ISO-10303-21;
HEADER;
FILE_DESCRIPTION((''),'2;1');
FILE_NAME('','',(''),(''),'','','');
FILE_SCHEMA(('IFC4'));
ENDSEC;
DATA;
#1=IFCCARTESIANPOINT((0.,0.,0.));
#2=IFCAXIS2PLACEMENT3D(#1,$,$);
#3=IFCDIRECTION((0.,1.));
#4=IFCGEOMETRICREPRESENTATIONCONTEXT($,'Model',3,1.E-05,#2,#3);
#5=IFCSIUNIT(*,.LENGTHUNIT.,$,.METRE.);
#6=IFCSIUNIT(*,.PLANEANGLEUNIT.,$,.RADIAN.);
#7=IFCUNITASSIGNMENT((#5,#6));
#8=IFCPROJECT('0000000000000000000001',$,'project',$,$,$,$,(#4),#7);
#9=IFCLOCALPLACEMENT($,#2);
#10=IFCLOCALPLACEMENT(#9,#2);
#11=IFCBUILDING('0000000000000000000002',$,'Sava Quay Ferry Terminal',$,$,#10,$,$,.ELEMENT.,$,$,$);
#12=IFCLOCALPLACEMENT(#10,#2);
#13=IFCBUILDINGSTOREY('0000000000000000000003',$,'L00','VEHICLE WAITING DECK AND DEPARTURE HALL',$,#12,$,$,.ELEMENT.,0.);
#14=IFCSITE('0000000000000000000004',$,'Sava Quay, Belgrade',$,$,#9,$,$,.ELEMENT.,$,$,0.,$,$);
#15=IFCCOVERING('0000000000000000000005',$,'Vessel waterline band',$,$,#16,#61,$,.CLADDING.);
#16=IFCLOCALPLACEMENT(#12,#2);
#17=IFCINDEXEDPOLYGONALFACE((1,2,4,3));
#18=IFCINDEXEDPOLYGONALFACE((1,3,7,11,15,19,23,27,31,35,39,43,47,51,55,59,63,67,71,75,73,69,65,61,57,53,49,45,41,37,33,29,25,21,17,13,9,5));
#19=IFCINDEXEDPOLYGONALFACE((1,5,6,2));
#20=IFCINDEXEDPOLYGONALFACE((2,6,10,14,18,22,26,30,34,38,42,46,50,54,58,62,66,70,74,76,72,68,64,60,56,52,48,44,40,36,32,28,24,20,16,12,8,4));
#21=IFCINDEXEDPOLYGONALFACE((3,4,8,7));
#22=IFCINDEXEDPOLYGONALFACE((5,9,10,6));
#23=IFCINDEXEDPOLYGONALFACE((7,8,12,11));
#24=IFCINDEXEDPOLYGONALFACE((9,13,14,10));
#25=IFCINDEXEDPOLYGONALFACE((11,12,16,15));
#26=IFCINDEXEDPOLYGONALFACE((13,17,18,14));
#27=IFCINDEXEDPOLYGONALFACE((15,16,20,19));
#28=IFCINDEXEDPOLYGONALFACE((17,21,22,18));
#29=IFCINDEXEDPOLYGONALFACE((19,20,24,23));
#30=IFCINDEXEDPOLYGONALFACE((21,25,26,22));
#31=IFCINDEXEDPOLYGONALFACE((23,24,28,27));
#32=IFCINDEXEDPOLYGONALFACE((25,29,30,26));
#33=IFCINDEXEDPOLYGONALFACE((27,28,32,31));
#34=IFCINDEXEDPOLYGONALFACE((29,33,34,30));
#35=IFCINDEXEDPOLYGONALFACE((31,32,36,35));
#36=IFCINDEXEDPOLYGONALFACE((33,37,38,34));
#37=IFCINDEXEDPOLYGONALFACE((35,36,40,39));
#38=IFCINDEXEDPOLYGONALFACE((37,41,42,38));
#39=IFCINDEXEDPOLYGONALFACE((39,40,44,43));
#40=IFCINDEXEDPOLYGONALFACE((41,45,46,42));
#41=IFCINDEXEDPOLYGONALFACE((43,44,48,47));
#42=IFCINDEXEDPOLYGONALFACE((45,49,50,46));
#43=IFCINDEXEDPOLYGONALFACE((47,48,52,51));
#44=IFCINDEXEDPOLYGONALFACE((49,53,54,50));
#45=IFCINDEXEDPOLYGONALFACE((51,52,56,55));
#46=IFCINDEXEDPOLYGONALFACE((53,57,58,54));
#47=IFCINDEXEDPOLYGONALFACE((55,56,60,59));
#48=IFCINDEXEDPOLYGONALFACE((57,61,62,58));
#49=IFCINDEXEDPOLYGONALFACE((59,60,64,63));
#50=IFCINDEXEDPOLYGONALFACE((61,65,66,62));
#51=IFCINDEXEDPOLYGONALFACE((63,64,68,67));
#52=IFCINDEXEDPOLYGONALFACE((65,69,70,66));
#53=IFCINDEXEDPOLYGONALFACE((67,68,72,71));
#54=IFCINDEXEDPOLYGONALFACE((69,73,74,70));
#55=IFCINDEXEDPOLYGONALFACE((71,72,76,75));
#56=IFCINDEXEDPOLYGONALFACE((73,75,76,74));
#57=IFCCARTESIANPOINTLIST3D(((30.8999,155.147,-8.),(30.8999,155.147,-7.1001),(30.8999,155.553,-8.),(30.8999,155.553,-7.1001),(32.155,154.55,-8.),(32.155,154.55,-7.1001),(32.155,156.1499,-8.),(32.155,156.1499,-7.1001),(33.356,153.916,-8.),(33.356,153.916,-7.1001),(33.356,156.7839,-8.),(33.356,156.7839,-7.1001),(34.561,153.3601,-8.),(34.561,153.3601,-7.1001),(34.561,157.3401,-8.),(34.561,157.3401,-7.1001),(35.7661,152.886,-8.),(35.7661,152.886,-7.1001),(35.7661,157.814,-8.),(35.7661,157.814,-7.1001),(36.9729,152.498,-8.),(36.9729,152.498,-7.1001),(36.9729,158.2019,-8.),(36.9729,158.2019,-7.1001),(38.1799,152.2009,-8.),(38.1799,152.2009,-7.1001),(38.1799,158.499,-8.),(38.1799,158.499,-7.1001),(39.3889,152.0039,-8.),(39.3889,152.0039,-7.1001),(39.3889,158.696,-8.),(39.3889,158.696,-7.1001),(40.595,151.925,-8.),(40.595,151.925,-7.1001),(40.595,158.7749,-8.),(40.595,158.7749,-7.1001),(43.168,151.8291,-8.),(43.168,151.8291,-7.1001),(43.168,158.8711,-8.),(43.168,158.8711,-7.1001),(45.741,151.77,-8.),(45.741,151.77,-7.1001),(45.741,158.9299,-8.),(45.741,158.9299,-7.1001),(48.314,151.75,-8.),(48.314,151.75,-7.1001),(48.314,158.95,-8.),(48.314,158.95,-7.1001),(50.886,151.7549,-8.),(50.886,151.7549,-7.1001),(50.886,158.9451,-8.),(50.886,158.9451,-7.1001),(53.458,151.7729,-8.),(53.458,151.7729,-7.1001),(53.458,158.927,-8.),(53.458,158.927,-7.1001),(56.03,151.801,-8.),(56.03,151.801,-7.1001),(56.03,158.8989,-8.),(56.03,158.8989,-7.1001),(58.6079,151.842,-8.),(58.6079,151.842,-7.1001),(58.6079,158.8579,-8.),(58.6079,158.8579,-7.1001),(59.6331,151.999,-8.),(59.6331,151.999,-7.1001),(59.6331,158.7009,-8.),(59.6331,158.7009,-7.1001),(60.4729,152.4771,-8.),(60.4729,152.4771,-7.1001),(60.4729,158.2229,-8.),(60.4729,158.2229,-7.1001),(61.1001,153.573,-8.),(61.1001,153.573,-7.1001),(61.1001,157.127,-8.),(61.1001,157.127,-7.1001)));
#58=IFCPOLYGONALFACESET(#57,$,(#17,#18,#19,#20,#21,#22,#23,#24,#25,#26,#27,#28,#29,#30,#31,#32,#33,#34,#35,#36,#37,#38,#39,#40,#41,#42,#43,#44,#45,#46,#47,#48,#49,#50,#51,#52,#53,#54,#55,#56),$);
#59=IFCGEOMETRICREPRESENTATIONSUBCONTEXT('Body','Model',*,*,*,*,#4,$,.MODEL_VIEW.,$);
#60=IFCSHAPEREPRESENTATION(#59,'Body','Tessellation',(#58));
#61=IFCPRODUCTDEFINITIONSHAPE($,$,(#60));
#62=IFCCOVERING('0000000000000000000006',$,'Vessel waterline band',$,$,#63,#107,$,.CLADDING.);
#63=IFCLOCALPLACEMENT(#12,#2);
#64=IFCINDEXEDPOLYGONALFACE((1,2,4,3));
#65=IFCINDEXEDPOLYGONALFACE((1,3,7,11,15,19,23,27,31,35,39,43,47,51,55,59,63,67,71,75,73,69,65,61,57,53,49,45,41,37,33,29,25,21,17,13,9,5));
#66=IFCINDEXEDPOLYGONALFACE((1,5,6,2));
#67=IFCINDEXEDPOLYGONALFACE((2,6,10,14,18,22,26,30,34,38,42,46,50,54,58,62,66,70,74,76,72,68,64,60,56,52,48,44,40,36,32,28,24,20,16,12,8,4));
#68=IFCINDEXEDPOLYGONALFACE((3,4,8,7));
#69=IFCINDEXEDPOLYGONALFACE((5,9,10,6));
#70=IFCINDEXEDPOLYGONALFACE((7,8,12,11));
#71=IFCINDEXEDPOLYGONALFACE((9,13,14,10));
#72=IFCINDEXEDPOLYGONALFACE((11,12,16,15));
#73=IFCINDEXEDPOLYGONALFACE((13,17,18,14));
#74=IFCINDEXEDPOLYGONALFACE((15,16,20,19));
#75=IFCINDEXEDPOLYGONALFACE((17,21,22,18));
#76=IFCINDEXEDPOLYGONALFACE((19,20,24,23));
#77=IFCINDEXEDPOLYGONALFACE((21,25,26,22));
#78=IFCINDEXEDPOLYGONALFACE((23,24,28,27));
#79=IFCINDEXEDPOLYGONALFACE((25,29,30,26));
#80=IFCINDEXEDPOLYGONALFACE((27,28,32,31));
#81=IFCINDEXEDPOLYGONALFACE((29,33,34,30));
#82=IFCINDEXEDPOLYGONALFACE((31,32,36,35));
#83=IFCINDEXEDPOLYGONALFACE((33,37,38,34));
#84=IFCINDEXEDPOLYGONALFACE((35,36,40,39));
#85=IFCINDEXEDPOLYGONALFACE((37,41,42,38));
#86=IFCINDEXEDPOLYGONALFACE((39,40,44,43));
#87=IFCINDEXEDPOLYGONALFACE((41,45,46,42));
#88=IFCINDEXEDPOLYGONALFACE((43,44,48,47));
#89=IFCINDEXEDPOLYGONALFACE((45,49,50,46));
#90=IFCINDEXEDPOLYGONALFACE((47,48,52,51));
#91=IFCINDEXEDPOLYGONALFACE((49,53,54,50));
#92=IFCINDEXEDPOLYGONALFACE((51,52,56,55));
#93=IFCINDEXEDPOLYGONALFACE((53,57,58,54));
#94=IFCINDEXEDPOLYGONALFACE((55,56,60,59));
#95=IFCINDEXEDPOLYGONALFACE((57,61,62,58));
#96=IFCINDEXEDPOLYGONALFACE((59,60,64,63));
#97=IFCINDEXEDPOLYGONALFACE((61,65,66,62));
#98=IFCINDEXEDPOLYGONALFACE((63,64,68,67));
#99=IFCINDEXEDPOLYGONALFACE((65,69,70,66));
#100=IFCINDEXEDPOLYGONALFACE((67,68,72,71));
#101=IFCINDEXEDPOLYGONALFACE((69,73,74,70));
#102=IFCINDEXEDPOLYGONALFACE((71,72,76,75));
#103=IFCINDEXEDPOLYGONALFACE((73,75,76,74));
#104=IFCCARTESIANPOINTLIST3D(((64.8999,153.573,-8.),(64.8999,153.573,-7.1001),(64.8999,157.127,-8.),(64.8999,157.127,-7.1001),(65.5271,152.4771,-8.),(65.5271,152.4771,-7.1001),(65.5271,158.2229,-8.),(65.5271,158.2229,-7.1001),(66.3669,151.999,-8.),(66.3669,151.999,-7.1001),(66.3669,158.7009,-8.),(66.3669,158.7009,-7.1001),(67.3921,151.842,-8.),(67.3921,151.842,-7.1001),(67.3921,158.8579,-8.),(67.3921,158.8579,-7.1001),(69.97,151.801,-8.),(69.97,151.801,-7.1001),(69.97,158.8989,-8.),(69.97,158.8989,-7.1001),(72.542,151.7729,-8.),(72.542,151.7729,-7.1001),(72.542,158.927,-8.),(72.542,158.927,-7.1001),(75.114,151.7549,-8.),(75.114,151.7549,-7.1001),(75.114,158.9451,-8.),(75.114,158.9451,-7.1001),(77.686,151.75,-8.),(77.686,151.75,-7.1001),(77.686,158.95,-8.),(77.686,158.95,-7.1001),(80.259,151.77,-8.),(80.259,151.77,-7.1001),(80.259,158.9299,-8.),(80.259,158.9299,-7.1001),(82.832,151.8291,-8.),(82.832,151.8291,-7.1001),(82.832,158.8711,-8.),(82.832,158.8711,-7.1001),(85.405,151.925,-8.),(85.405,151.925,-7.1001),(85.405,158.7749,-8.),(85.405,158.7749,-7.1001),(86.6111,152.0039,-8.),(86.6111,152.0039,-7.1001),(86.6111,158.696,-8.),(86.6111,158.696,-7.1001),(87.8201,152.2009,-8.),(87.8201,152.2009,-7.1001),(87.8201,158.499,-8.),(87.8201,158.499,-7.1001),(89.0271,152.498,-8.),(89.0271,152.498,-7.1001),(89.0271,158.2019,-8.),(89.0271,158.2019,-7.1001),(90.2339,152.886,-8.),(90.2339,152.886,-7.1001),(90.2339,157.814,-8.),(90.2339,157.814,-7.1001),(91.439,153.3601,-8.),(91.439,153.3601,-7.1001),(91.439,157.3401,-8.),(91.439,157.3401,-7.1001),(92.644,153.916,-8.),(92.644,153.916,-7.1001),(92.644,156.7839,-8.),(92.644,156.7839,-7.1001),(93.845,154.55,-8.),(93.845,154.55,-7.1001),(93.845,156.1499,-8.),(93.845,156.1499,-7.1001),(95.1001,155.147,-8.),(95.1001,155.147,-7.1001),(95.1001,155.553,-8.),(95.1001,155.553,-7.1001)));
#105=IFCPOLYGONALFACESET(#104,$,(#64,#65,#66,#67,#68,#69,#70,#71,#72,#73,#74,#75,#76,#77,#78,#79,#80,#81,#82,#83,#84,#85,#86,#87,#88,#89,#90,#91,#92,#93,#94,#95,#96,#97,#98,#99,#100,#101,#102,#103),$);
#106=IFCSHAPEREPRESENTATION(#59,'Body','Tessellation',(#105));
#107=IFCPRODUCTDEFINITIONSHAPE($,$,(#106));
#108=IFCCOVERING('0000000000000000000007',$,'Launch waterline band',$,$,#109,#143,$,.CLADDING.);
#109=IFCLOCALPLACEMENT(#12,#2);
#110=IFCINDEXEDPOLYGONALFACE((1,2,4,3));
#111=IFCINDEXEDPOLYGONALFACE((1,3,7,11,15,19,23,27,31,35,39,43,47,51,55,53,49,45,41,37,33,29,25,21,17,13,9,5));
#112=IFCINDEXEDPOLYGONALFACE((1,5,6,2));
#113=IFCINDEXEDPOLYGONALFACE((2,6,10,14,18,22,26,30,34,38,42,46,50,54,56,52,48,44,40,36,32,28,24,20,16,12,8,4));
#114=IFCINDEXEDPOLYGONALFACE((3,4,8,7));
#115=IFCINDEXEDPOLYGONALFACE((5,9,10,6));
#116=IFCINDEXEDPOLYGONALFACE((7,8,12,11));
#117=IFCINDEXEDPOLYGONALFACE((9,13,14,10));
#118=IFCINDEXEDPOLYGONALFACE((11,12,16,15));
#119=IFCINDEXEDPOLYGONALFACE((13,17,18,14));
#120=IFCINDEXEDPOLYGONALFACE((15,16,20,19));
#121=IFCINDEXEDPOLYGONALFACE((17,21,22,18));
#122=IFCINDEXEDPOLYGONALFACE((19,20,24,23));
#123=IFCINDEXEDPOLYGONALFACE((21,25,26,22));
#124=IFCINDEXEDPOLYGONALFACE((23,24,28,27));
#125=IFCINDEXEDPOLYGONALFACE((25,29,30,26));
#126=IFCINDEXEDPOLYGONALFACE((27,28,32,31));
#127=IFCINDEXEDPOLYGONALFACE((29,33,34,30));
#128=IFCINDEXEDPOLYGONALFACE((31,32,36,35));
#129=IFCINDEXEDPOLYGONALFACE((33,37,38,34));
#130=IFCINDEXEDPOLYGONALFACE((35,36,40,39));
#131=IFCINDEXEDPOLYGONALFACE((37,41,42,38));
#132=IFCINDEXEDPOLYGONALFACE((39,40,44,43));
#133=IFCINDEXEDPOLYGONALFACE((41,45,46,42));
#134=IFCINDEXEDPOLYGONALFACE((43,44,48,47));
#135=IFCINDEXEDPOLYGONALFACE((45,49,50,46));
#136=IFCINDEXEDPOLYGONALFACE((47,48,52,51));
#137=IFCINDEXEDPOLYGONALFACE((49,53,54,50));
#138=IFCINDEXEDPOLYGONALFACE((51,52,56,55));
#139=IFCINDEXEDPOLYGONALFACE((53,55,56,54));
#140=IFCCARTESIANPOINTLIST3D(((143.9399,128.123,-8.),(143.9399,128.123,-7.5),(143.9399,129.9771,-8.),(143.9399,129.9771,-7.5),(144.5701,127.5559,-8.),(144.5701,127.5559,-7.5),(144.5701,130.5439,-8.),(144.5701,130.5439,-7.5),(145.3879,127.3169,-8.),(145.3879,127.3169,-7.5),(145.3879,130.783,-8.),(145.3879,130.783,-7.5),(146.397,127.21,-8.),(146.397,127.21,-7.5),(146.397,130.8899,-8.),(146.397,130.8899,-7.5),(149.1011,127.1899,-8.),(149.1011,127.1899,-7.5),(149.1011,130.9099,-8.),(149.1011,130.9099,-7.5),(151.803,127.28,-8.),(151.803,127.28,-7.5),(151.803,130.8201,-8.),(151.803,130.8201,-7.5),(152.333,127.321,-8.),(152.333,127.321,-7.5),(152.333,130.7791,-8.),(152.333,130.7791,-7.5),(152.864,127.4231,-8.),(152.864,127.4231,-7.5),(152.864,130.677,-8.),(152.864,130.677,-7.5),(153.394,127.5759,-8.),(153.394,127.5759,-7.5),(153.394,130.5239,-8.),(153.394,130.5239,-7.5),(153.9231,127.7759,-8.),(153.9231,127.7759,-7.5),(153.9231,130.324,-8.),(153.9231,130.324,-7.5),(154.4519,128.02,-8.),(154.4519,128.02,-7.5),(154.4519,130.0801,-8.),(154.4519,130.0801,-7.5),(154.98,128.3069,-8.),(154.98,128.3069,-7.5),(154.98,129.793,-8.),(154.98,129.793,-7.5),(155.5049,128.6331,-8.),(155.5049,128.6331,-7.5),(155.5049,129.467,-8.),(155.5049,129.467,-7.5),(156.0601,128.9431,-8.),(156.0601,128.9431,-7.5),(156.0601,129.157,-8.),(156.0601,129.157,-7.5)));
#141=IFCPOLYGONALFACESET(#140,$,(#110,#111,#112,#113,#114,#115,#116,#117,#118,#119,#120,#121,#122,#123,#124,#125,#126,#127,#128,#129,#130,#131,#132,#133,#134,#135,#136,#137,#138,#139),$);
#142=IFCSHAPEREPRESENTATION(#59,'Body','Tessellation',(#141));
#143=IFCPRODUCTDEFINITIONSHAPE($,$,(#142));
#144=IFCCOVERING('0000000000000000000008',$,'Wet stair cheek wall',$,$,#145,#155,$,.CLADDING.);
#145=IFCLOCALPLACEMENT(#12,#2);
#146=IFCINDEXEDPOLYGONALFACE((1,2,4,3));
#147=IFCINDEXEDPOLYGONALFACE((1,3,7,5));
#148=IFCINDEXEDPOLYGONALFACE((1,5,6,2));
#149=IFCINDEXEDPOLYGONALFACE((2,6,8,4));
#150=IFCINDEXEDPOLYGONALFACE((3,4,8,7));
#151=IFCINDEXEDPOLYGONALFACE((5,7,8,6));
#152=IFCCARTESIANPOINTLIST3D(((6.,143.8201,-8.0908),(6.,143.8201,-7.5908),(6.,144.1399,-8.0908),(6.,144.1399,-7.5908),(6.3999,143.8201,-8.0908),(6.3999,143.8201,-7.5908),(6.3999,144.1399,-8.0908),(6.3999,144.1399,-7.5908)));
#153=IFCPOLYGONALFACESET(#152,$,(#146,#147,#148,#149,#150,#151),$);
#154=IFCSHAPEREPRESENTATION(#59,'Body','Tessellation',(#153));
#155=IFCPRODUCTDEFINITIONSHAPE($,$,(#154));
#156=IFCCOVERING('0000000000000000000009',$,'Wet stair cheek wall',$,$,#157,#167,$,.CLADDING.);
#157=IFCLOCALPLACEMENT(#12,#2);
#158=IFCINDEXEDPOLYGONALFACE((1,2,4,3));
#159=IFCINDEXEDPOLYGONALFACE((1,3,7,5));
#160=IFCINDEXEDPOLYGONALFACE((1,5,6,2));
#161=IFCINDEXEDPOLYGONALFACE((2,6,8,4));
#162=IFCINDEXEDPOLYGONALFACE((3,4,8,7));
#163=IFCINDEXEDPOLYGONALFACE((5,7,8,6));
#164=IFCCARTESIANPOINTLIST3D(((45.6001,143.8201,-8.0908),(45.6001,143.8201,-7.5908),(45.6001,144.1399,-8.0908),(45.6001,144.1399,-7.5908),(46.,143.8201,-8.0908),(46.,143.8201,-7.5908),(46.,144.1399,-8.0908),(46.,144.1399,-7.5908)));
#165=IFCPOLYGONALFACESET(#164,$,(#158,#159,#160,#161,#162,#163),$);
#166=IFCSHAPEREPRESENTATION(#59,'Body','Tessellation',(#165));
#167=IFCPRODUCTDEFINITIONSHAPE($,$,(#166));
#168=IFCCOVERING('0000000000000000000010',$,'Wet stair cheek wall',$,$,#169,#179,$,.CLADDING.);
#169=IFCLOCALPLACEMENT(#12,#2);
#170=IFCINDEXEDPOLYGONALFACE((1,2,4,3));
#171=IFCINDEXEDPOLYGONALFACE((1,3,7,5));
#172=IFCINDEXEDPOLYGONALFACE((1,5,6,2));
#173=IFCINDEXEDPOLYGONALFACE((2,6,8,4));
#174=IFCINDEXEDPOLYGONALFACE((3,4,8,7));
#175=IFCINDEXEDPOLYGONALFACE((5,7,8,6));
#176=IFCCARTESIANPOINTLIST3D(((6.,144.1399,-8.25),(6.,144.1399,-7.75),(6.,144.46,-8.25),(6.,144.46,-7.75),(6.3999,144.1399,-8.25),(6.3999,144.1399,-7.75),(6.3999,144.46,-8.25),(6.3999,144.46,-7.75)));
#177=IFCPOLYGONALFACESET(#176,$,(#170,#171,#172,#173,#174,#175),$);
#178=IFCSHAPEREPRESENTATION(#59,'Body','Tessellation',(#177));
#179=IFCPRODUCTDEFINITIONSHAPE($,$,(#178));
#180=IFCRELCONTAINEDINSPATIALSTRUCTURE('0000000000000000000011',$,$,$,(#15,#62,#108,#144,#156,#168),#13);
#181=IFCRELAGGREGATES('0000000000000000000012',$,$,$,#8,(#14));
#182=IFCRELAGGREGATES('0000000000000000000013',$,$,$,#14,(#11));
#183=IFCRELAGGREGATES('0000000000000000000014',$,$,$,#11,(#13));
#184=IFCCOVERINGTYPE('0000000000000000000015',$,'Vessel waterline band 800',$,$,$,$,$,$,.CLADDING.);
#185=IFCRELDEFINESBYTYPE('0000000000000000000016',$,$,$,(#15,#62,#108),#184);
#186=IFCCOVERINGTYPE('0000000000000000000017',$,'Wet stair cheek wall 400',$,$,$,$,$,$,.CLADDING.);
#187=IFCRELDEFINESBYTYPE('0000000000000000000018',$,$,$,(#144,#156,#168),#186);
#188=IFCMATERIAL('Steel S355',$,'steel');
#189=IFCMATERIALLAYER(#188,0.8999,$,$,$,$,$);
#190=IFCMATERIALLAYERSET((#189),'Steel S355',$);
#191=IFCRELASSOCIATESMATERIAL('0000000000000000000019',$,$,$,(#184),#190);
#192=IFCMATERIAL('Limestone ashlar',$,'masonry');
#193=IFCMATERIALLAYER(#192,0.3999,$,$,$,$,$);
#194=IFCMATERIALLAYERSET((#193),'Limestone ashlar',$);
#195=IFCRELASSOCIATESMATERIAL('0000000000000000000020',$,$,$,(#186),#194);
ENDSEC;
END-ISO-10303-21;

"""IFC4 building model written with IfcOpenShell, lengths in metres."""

from ifc_helpers import new_model, si_unit, direction, frame, origin, place, context, subcontext, project, spatial, polyline, outline, extrude, material, layer, layer_set, type_object, element, save


model = new_model("IFC4")

# Units and contexts
model_context = context("Model", 3, precision=1e-05, world=origin(), true_north=direction((0.0, 1.0)))
body_context = subcontext(model_context, "Body", "Model", "MODEL_VIEW")
ifc_project = project(units=[si_unit("LENGTHUNIT", "METRE"), si_unit("PLANEANGLEUNIT", "RADIAN")], contexts=[model_context])

# Site, building, storey
site_placement = place(None, origin())
site = spatial("IfcSite", under=ifc_project, at=site_placement, Name="Sava Quay, Belgrade", CompositionType="ELEMENT", RefElevation=0.0)
building_placement = place(site_placement, origin())
building = spatial("IfcBuilding", under=site, at=building_placement, Name="Sava Quay Ferry Terminal", CompositionType="ELEMENT")
storey_placement = place(building_placement, origin())
storey = spatial("IfcBuildingStorey", under=building, at=storey_placement, Name="L00", Description="VEHICLE WAITING DECK AND DEPARTURE HALL", CompositionType="ELEMENT", Elevation=0.0)

# Coverings
ifc_material_1 = material(Name="Steel S355", Category="steel")
ifc_layer_1 = layer(ifc_material_1, 0.8999)
ifc_layer_set_1 = layer_set([ifc_layer_1], Name="Steel S355")
covering_type_1 = type_object("IfcCoveringType", Name="Vessel waterline band 800", PredefinedType="CLADDING", material=ifc_layer_set_1)
covering_1_placement = place(storey_placement, frame((0.0, 0.0, -8.0)))
element("IfcCovering", 1, at=covering_1_placement, inside=storey, type_object=covering_type_1, Name="Vessel waterline band", PredefinedType="CLADDING", context=body_context, shape_type="SweptSolid", body=[
    extrude(outline(polyline([(61.1001, 157.127), (60.4729, 158.2229), (59.6331, 158.7009), (58.6079, 158.8579), (56.03, 158.8989), (53.458, 158.927), (50.886, 158.9451), (48.314, 158.95), (45.741, 158.9299), (43.168, 158.8711), (40.595, 158.7749), (39.3889, 158.696), (38.1799, 158.499), (36.9729, 158.2019), (35.7661, 157.814), (34.561, 157.3401), (33.356, 156.7839), (32.155, 156.1499), (30.8999, 155.553), (30.8999, 155.147), (32.155, 154.55), (33.356, 153.916), (34.561, 153.3601), (35.7661, 152.886), (36.9729, 152.498), (38.1799, 152.2009), (39.3889, 152.0039), (40.595, 151.925), (43.168, 151.8291), (45.741, 151.77), (48.314, 151.75), (50.886, 151.7549), (53.458, 151.7729), (56.03, 151.801), (58.6079, 151.842), (59.6331, 151.999), (60.4729, 152.4771), (61.1001, 153.573), (61.1001, 157.127)])), origin(), (0.0, 0.0, 1.0), 0.8999),
])
covering_2_placement = place(storey_placement, frame((0.0, 0.0, -8.0)))
element("IfcCovering", 2, at=covering_2_placement, inside=storey, type_object=covering_type_1, Name="Vessel waterline band", PredefinedType="CLADDING", context=body_context, shape_type="SweptSolid", body=[
    extrude(outline(polyline([(64.8999, 157.127), (64.8999, 153.573), (65.5271, 152.4771), (66.3669, 151.999), (67.3921, 151.842), (69.97, 151.801), (72.542, 151.7729), (75.114, 151.7549), (77.686, 151.75), (80.259, 151.77), (82.832, 151.8291), (85.405, 151.925), (86.6111, 152.0039), (87.8201, 152.2009), (89.0271, 152.498), (90.2339, 152.886), (91.439, 153.3601), (92.644, 153.916), (93.845, 154.55), (95.1001, 155.147), (95.1001, 155.553), (93.845, 156.1499), (92.644, 156.7839), (91.439, 157.3401), (90.2339, 157.814), (89.0271, 158.2019), (87.8201, 158.499), (86.6111, 158.696), (85.405, 158.7749), (82.832, 158.8711), (80.259, 158.9299), (77.686, 158.95), (75.114, 158.9451), (72.542, 158.927), (69.97, 158.8989), (67.3921, 158.8579), (66.3669, 158.7009), (65.5271, 158.2229), (64.8999, 157.127)])), origin(), (0.0, 0.0, 1.0), 0.8999),
])
covering_3_placement = place(storey_placement, frame((0.0, 0.0, -8.0)))
element("IfcCovering", 3, at=covering_3_placement, inside=storey, type_object=covering_type_1, Name="Launch waterline band", PredefinedType="CLADDING", context=body_context, shape_type="SweptSolid", body=[
    extrude(outline(polyline([(143.9399, 129.9771), (143.9399, 128.123), (144.5701, 127.5559), (145.3879, 127.3169), (146.397, 127.21), (149.1011, 127.1899), (151.803, 127.28), (152.333, 127.321), (152.864, 127.4231), (153.394, 127.5759), (153.9231, 127.7759), (154.4519, 128.02), (154.98, 128.3069), (155.5049, 128.6331), (156.0601, 128.9431), (156.0601, 129.157), (155.5049, 129.467), (154.98, 129.793), (154.4519, 130.0801), (153.9231, 130.324), (153.394, 130.5239), (152.864, 130.677), (152.333, 130.7791), (151.803, 130.8201), (149.1011, 130.9099), (146.397, 130.8899), (145.3879, 130.783), (144.5701, 130.5439), (143.9399, 129.9771)])), origin(), (0.0, 0.0, 1.0), 0.5),
])
ifc_material_2 = material(Name="Limestone ashlar", Category="masonry")
ifc_layer_2 = layer(ifc_material_2, 0.3999)
ifc_layer_set_2 = layer_set([ifc_layer_2], Name="Limestone ashlar")
covering_type_2 = type_object("IfcCoveringType", Name="Wet stair cheek wall 400", PredefinedType="CLADDING", material=ifc_layer_set_2)
covering_4_placement = place(storey_placement, frame((0.0, 0.0, -8.0908)))
element("IfcCovering", 4, at=covering_4_placement, inside=storey, type_object=covering_type_2, Name="Wet stair cheek wall", PredefinedType="CLADDING", context=body_context, shape_type="SweptSolid", body=[
    extrude(outline(polyline([(6.0, 143.8201), (6.3999, 143.8201), (6.3999, 144.1399), (6.0, 144.1399), (6.0, 143.8201)])), origin(), (0.0, 0.0, 1.0), 0.5),
])
covering_5_placement = place(storey_placement, frame((0.0, 0.0, -8.0908)))
element("IfcCovering", 5, at=covering_5_placement, inside=storey, type_object=covering_type_2, Name="Wet stair cheek wall", PredefinedType="CLADDING", context=body_context, shape_type="SweptSolid", body=[
    extrude(outline(polyline([(45.6001, 143.8201), (46.0, 143.8201), (46.0, 144.1399), (45.6001, 144.1399), (45.6001, 143.8201)])), origin(), (0.0, 0.0, 1.0), 0.5),
])
covering_6_placement = place(storey_placement, frame((0.0, 0.0, -8.25)))
element("IfcCovering", 6, at=covering_6_placement, inside=storey, type_object=covering_type_2, Name="Wet stair cheek wall", PredefinedType="CLADDING", context=body_context, shape_type="SweptSolid", body=[
    extrude(outline(polyline([(6.0, 144.1399), (6.3999, 144.1399), (6.3999, 144.46), (6.0, 144.46), (6.0, 144.1399)])), origin(), (0.0, 0.0, 1.0), 0.5),
])

save(model, "model.ifc")
